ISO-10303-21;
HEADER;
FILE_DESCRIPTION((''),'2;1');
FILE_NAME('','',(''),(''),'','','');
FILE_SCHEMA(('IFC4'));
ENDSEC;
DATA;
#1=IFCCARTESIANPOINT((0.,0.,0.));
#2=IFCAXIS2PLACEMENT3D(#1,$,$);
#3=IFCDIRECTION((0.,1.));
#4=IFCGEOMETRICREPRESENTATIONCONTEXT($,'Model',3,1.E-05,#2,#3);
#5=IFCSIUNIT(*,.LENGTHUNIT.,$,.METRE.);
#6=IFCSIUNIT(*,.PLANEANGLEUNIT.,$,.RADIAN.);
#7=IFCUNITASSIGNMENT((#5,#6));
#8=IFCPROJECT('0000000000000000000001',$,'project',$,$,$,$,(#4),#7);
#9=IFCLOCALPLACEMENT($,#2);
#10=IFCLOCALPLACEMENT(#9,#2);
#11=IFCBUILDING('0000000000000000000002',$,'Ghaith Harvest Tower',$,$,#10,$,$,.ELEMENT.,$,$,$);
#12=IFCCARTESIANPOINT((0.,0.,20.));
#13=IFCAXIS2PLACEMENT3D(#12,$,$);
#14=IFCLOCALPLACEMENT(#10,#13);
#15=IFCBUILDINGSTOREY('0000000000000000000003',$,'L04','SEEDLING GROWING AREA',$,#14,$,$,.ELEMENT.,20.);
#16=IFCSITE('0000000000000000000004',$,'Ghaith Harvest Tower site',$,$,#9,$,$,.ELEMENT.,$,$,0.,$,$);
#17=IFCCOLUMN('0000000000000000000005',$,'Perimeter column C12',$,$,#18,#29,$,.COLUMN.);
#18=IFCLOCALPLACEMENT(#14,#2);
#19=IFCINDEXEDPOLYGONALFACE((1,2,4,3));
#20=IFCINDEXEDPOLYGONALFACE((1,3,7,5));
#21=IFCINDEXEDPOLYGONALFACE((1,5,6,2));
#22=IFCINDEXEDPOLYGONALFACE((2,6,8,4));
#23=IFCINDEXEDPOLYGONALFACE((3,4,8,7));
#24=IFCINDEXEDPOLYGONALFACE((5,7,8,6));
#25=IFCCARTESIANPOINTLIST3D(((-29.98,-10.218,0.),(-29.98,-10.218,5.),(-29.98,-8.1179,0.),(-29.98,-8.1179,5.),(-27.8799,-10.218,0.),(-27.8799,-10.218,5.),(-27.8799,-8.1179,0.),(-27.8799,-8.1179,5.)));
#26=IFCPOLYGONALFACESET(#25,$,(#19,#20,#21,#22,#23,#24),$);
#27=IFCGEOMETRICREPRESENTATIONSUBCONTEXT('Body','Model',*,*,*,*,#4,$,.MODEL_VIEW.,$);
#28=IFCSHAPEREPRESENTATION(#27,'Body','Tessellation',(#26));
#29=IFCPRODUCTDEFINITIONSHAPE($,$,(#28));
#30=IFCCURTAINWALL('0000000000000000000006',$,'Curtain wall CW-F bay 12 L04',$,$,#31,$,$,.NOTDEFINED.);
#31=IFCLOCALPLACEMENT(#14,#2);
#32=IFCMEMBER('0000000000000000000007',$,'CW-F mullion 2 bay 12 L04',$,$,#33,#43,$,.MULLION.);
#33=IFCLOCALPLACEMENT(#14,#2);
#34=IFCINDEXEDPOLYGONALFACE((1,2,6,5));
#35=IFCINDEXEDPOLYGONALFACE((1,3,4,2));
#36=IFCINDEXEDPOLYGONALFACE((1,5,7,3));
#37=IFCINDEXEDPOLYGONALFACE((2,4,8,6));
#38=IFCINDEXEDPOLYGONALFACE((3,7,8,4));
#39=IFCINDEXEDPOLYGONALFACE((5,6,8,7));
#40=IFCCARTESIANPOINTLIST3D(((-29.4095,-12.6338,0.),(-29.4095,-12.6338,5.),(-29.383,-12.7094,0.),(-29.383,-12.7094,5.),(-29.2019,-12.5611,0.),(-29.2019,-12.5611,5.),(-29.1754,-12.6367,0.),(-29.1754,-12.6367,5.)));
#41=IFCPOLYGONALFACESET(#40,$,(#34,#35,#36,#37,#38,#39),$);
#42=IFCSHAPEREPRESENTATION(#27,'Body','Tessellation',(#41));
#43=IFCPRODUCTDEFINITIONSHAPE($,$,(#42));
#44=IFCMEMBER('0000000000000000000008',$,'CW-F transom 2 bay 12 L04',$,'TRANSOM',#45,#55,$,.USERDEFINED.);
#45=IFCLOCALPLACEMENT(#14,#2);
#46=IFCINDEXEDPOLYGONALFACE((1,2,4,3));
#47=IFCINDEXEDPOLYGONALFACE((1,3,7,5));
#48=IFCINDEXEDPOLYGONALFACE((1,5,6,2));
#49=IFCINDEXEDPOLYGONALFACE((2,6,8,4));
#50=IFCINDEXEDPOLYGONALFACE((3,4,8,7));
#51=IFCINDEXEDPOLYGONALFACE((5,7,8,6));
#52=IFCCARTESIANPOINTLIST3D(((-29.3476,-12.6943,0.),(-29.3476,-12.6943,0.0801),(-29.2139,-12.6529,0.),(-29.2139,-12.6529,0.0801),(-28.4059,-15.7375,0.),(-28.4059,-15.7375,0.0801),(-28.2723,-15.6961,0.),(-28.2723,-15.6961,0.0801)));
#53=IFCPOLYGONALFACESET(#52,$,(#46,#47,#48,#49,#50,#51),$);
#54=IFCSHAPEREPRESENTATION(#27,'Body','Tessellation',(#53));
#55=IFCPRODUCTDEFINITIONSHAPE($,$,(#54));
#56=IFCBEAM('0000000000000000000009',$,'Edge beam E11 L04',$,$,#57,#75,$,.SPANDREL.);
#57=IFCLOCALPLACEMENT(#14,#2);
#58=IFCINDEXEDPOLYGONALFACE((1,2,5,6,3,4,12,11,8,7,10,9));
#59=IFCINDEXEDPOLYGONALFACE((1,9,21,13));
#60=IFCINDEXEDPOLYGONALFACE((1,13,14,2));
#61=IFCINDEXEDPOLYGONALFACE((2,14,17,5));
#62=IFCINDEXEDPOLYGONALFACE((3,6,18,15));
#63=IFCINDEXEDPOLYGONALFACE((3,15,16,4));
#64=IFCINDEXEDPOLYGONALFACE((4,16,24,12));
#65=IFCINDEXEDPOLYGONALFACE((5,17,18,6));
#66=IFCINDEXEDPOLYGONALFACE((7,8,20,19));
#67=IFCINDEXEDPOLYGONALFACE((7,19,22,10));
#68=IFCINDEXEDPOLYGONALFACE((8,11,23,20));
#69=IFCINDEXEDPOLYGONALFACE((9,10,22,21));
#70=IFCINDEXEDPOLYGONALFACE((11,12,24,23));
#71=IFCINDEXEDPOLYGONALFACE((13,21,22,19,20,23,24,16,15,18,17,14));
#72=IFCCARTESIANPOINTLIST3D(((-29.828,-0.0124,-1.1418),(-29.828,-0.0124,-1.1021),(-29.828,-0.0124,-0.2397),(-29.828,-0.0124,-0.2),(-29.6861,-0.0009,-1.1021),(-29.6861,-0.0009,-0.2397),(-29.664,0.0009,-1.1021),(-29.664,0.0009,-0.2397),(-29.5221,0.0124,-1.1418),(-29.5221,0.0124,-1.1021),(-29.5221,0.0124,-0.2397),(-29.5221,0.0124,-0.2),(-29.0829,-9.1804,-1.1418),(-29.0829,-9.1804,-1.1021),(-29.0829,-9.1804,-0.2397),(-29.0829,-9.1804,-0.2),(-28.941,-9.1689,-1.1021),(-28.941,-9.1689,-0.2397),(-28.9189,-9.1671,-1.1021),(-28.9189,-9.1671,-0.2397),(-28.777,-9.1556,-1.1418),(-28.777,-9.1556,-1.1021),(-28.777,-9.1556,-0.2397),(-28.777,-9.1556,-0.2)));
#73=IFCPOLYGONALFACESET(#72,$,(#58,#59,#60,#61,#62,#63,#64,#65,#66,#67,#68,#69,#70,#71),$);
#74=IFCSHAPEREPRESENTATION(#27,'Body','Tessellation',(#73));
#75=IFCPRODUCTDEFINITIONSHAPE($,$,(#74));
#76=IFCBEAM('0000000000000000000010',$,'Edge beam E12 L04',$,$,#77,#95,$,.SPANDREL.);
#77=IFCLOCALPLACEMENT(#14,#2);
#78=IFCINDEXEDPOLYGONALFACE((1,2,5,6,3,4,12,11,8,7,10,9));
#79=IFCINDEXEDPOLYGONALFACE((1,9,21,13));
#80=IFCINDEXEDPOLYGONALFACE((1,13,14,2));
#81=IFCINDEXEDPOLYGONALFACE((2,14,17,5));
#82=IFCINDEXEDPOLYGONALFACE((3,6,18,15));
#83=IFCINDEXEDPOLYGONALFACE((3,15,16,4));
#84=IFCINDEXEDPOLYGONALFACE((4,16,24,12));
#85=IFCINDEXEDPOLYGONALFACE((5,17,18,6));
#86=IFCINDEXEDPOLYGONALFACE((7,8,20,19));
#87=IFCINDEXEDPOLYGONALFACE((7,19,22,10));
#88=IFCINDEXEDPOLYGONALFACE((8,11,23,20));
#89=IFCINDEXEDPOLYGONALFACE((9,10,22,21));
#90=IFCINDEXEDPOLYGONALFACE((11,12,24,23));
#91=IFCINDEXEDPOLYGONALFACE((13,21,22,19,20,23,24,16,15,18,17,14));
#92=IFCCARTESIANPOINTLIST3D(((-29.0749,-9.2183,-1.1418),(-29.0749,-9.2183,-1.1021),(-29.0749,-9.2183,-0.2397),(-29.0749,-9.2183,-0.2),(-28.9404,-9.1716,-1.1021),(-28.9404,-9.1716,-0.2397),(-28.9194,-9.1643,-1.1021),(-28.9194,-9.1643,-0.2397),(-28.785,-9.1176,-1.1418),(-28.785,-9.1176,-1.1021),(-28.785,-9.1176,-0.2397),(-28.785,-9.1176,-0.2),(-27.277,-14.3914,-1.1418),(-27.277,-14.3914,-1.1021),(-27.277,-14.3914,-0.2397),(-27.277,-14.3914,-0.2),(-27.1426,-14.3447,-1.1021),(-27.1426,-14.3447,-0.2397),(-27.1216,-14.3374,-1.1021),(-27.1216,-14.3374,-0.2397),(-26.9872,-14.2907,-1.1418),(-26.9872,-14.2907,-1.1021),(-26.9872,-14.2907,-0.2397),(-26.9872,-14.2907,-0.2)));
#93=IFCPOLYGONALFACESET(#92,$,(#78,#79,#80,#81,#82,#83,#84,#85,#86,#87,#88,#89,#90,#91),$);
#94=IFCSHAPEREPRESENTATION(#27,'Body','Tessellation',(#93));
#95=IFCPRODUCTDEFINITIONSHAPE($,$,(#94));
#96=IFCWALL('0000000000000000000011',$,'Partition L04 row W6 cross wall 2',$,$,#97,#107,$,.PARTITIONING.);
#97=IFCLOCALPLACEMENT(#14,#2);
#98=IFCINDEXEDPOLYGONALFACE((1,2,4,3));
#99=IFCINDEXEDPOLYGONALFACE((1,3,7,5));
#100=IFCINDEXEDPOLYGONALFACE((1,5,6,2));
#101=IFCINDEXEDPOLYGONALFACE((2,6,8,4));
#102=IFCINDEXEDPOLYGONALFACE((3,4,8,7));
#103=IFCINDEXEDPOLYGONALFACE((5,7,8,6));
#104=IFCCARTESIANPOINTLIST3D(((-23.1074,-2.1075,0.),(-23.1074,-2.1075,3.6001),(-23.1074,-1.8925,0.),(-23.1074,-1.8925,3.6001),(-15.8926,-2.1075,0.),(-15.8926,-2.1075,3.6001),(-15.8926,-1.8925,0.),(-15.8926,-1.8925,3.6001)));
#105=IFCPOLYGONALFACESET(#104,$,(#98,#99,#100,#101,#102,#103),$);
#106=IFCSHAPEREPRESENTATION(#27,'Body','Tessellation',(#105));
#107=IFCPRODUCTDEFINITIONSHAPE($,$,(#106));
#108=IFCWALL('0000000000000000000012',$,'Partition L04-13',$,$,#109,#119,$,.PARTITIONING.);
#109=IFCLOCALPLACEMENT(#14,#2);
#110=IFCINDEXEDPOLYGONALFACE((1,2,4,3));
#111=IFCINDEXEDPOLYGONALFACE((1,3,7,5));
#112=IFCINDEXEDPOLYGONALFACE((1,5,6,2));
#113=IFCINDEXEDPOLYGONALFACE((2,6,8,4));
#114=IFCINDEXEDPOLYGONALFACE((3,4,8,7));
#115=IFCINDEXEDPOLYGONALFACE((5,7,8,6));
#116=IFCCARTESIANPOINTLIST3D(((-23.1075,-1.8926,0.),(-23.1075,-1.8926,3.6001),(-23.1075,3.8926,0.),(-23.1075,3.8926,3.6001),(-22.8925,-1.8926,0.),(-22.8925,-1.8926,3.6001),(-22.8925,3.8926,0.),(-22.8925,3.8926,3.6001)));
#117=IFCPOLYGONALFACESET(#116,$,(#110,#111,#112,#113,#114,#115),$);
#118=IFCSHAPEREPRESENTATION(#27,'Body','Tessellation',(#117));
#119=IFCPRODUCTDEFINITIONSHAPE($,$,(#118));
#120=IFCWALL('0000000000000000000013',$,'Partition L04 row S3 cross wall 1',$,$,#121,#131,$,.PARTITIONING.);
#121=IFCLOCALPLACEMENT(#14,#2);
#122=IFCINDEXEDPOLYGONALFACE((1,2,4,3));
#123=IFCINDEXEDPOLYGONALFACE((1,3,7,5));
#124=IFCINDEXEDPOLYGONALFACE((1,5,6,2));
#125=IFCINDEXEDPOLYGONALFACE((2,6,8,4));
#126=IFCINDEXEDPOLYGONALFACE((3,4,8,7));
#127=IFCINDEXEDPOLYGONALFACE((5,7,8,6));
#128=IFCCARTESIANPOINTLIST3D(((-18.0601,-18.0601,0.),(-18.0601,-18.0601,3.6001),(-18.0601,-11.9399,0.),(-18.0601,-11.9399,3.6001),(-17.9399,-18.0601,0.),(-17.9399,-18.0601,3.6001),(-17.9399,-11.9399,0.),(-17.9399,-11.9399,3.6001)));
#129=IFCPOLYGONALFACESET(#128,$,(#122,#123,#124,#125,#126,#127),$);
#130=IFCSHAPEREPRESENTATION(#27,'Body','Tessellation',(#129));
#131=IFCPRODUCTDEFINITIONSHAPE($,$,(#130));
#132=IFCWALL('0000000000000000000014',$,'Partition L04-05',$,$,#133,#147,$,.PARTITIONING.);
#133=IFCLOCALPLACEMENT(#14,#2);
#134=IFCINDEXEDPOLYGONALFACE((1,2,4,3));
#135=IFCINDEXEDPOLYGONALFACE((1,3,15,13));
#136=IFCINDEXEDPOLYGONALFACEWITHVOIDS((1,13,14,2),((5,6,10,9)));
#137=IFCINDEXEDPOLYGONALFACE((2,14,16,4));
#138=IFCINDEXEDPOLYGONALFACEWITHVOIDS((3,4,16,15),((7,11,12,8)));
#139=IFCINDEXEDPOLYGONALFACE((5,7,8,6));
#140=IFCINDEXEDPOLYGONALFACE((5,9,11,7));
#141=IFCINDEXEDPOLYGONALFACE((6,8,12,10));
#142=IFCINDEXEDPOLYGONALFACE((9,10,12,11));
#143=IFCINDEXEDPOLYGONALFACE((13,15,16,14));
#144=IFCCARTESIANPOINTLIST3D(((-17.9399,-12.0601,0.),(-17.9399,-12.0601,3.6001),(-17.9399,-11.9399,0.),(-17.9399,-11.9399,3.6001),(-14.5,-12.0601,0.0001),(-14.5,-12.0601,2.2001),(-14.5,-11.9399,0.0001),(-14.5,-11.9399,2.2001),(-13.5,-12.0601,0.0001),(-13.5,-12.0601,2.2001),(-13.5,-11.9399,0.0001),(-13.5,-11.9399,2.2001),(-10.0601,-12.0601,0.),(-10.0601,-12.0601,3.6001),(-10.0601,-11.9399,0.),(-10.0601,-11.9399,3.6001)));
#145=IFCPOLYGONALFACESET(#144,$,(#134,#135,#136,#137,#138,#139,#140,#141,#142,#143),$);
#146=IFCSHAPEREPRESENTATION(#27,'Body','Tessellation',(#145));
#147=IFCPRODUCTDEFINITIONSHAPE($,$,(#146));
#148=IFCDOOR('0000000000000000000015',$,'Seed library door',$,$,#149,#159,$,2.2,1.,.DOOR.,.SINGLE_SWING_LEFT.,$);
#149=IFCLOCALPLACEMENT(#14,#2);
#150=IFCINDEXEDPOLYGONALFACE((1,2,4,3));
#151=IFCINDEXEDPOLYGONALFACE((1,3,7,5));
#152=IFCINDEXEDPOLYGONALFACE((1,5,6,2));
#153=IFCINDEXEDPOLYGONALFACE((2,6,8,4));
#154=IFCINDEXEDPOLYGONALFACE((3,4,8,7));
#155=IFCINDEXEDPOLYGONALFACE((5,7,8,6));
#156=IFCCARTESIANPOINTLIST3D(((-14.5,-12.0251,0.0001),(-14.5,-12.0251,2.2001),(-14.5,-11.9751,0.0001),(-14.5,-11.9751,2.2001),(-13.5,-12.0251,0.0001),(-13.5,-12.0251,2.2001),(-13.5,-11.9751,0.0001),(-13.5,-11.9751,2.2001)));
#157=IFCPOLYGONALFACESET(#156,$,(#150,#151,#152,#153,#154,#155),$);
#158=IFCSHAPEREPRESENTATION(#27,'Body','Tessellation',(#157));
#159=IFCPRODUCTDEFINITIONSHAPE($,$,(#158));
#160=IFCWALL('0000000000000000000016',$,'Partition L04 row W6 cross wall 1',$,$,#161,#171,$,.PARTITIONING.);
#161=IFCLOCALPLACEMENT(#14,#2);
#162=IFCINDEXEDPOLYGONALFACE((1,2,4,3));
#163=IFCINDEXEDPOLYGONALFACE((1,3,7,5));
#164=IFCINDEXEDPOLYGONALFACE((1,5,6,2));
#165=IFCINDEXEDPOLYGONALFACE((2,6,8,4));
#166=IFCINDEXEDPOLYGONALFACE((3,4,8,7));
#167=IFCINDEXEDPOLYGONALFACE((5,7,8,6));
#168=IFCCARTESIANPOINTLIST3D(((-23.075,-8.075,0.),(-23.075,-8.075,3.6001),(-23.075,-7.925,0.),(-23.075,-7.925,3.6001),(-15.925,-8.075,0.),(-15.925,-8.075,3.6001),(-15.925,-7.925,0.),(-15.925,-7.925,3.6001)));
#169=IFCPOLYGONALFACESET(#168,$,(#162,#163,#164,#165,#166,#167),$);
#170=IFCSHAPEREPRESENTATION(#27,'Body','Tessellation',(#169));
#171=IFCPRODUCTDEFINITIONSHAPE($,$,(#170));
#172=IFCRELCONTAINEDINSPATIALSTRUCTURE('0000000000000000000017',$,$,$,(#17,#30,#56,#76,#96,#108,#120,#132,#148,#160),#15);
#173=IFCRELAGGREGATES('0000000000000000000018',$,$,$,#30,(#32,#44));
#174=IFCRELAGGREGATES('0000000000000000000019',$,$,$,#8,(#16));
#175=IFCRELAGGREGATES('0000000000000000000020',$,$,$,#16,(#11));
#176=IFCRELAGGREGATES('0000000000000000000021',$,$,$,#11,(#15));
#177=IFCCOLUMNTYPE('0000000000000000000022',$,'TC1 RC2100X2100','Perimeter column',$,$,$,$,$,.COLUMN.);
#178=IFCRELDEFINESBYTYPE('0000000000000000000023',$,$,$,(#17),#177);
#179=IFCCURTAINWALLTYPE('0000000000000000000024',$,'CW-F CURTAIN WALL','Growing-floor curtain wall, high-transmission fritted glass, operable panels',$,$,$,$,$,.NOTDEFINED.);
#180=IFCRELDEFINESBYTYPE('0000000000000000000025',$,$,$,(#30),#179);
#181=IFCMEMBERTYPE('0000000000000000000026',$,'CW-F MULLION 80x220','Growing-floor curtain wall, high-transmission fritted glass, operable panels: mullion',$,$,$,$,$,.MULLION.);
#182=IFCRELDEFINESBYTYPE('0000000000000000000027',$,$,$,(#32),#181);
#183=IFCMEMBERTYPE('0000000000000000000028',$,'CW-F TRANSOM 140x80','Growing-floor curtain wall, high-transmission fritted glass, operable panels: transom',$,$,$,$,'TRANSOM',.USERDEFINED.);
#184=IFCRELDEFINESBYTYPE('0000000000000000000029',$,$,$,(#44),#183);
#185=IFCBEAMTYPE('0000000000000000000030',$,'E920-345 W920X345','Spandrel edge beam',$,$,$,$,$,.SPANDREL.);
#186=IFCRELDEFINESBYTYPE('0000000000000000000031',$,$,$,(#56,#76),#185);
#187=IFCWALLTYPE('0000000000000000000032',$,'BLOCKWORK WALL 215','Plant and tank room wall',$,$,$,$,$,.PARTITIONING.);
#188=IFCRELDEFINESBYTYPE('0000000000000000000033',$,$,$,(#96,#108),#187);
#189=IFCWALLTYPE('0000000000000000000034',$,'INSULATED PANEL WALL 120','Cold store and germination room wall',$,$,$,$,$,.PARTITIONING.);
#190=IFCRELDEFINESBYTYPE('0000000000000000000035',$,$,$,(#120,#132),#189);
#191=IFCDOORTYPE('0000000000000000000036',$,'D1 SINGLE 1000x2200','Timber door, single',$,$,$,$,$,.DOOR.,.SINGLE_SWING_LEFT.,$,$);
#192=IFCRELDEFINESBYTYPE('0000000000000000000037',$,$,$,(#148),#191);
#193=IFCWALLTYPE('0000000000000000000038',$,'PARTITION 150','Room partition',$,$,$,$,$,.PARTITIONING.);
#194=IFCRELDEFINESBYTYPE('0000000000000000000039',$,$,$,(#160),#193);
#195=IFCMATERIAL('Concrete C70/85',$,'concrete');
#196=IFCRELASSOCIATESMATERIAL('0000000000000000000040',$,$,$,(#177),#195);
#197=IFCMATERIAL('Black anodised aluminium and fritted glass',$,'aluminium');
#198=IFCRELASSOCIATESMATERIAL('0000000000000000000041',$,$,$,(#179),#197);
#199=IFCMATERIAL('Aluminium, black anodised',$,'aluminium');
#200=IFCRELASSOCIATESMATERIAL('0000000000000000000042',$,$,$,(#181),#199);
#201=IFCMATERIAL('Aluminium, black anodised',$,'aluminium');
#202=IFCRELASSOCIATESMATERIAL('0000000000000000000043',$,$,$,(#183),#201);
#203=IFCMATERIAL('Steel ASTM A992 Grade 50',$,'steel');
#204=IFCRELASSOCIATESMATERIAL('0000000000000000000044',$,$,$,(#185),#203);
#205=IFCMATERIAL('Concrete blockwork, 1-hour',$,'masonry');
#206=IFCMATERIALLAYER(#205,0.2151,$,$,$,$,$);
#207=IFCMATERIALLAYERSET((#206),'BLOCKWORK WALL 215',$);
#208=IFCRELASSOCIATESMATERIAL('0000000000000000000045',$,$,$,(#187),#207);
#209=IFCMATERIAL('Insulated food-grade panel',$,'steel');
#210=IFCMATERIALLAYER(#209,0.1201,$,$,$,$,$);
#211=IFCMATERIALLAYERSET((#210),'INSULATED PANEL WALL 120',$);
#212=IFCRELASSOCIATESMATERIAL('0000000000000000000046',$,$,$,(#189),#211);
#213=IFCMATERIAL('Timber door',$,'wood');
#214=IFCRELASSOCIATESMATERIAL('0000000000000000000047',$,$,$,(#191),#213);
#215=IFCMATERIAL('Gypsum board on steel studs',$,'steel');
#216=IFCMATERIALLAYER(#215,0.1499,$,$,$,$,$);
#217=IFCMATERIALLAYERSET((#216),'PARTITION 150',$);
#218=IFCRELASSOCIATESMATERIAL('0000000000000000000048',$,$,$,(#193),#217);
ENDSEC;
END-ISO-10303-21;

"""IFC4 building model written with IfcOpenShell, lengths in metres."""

from ifc_helpers import new_model, si_unit, direction, frame, frame_2d, origin, origin_2d, place, context, subcontext, project, spatial, rectangle, i_section, extrude, material, layer, layer_set, material_profile, profile_set, type_object, element, fill, aggregate, save


model = new_model("IFC4")

# Units and contexts
model_context = context("Model", 3, precision=1e-05, world=origin(), true_north=direction((0.0, 1.0)))
body_context = subcontext(model_context, "Body", "Model", "MODEL_VIEW")
ifc_project = project(units=[si_unit("LENGTHUNIT", "METRE"), si_unit("PLANEANGLEUNIT", "RADIAN")], contexts=[model_context])

# Site, building, storey
site_placement = place(None, origin())
site = spatial("IfcSite", under=ifc_project, at=site_placement, Name="Ghaith Harvest Tower site", CompositionType="ELEMENT", RefElevation=0.0)
building_placement = place(site_placement, origin())
building = spatial("IfcBuilding", under=site, at=building_placement, Name="Ghaith Harvest Tower", CompositionType="ELEMENT")
storey_placement = place(building_placement, frame((0.0, 0.0, 20.0)))
storey = spatial("IfcBuildingStorey", under=building, at=storey_placement, Name="L04", Description="SEEDLING GROWING AREA", CompositionType="ELEMENT", Elevation=20.0)

# Column
ifc_material_1 = material(Name="Concrete C70/85", Category="concrete")
ifc_material_profile_1 = material_profile(ifc_material_1, rectangle(XDim=2.1001, YDim=2.1001, at=origin_2d()), Name="RC2100X2100")
ifc_profile_set_1 = profile_set([ifc_material_profile_1], Name="Concrete C70/85")
column_type = type_object("IfcColumnType", Name="TC1 RC2100X2100", Description="Perimeter column", PredefinedType="COLUMN", material=ifc_profile_set_1)
column_placement = place(storey_placement, frame((-28.9299, -9.168, 0.0), z_axis=(0.0, 0.0, 1.0), x_axis=(1.0, 0.0, 0.0)))
element("IfcColumn", 1, at=column_placement, inside=storey, type_object=column_type, Name="Perimeter column C12", PredefinedType="COLUMN", context=body_context, shape_type="SweptSolid", body=[
    extrude(rectangle(XDim=2.1001, YDim=2.1001, at=origin_2d()), origin(), (0.0, 0.0, 1.0), 5.0),
])

# Curtain wall, members
ifc_material_2 = material(Name="Black anodised aluminium and fritted glass", Category="aluminium")
curtain_wall_type = type_object("IfcCurtainWallType", Name="CW-F CURTAIN WALL", Description="Growing-floor curtain wall, high-transmission fritted glass, operable panels", PredefinedType="NOTDEFINED", material=ifc_material_2)
curtain_wall_placement = place(storey_placement, origin())
curtain_wall = element("IfcCurtainWall", 2, at=curtain_wall_placement, inside=storey, type_object=curtain_wall_type, Name="Curtain wall CW-F bay 12 L04", PredefinedType="NOTDEFINED")
ifc_material_3 = material(Name="Aluminium, black anodised", Category="aluminium")
ifc_material_profile_2 = material_profile(ifc_material_3, rectangle(XDim=0.0801, YDim=0.22, at=origin_2d()), Name="CW-F MULLION 80x220")
ifc_profile_set_2 = profile_set([ifc_material_profile_2], Name="Aluminium, black anodised")
member_type_1 = type_object("IfcMemberType", Name="CW-F MULLION 80x220", Description="Growing-floor curtain wall, high-transmission fritted glass, operable panels: mullion", PredefinedType="MULLION", material=ifc_profile_set_2)
member_1_placement = place(storey_placement, frame((-29.2925, -12.6353, 0.0), z_axis=(0.0, 0.0, 1.0), x_axis=(0.330701, -0.943736, 0.0)))
member_1 = element("IfcMember", 3, at=member_1_placement, type_object=member_type_1, Name="CW-F mullion 2 bay 12 L04", PredefinedType="MULLION", context=body_context, shape_type="SweptSolid", body=[
    extrude(rectangle(XDim=0.0801, YDim=0.22, at=origin_2d()), origin(), (0.0, 0.0, 1.0), 5.0),
])
ifc_material_4 = material(Name="Aluminium, black anodised", Category="aluminium")
ifc_material_profile_3 = material_profile(ifc_material_4, rectangle(XDim=0.1399, YDim=0.0801, at=origin_2d()), Name="CW-F TRANSOM 140x80")
ifc_profile_set_3 = profile_set([ifc_material_profile_3], Name="Aluminium, black anodised")
member_type_2 = type_object("IfcMemberType", Name="CW-F TRANSOM 140x80", Description="Growing-floor curtain wall, high-transmission fritted glass, operable panels: transom", ElementType="TRANSOM", PredefinedType="USERDEFINED", material=ifc_profile_set_3)
member_2_placement = place(storey_placement, frame((-29.2808, -12.6736, 0.04), z_axis=(0.295599, -0.955312, 0.0), x_axis=(0.955312, 0.295599, 0.0)))
member_2 = element("IfcMember", 4, at=member_2_placement, type_object=member_type_2, Name="CW-F transom 2 bay 12 L04", ObjectType="TRANSOM", PredefinedType="USERDEFINED", context=body_context, shape_type="SweptSolid", body=[
    extrude(rectangle(XDim=0.1399, YDim=0.0801, at=origin_2d()), origin(), (0.0, 0.0, 1.0), 3.1855),
])
aggregate(curtain_wall, [member_1, member_2])

# Beams
ifc_material_5 = material(Name="Steel ASTM A992 Grade 50", Category="steel")
ifc_material_profile_4 = material_profile(ifc_material_5, i_section(OverallWidth=0.3069, OverallDepth=0.9419, WebThickness=0.0222, FlangeThickness=0.0398, at=origin_2d()), Name="W920X345")
ifc_profile_set_4 = profile_set([ifc_material_profile_4], Name="Steel ASTM A992 Grade 50")
beam_type = type_object("IfcBeamType", Name="E920-345 W920X345", Description="Spandrel edge beam", PredefinedType="SPANDREL", material=ifc_profile_set_4)
beam_1_placement = place(storey_placement, frame((-29.675, 0.0, -0.6709), z_axis=(0.081007, -0.996714, 0.0), x_axis=(0.996714, 0.081007, 0.0)))
element("IfcBeam", 5, at=beam_1_placement, inside=storey, type_object=beam_type, Name="Edge beam E11 L04", PredefinedType="SPANDREL", context=body_context, shape_type="SweptSolid", body=[
    extrude(i_section(OverallWidth=0.3069, OverallDepth=0.9419, WebThickness=0.0222, FlangeThickness=0.0398, at=origin_2d()), origin(), (0.0, 0.0, 1.0), 9.1982),
])
beam_2_placement = place(storey_placement, frame((-28.9299, -9.168, -0.6709), z_axis=(0.328279, -0.944581, 0.0), x_axis=(0.944581, 0.328279, 0.0)))
element("IfcBeam", 6, at=beam_2_placement, inside=storey, type_object=beam_type, Name="Edge beam E12 L04", PredefinedType="SPANDREL", context=body_context, shape_type="SweptSolid", body=[
    extrude(i_section(OverallWidth=0.3069, OverallDepth=0.9419, WebThickness=0.0222, FlangeThickness=0.0398, at=origin_2d()), origin(), (0.0, 0.0, 1.0), 5.4766),
])

# Wall
ifc_material_6 = material(Name="Concrete blockwork, 1-hour", Category="masonry")
ifc_layer_1 = layer(ifc_material_6, 0.2151)
ifc_layer_set_1 = layer_set([ifc_layer_1], Name="BLOCKWORK WALL 215")
wall_type_1 = type_object("IfcWallType", Name="BLOCKWORK WALL 215", Description="Plant and tank room wall", PredefinedType="PARTITIONING", material=ifc_layer_set_1)
wall_1_placement = place(storey_placement, frame((-15.8926, -2.0, 0.0), z_axis=(0.0, 0.0, 1.0), x_axis=(-1.0, 0.0, 0.0)))
element("IfcWall", 7, at=wall_1_placement, inside=storey, type_object=wall_type_1, Name="Partition L04 row W6 cross wall 2", PredefinedType="PARTITIONING", context=body_context, shape_type="SweptSolid", body=[
    extrude(rectangle(XDim=7.2148, YDim=0.2151, at=frame_2d((3.6074, 0.0))), origin(), (0.0, 0.0, 1.0), 3.6001),
])

# Wall
wall_2_placement = place(storey_placement, frame((-23.0, -1.8926, 0.0), z_axis=(0.0, 0.0, 1.0), x_axis=(0.0, 1.0, 0.0)))
element("IfcWall", 8, at=wall_2_placement, inside=storey, type_object=wall_type_1, Name="Partition L04-13", PredefinedType="PARTITIONING", context=body_context, shape_type="SweptSolid", body=[
    extrude(rectangle(XDim=5.7852, YDim=0.2151, at=frame_2d((2.8926, 0.0))), origin(), (0.0, 0.0, 1.0), 3.6001),
])

# Wall
ifc_material_7 = material(Name="Insulated food-grade panel", Category="steel")
ifc_layer_2 = layer(ifc_material_7, 0.1201)
ifc_layer_set_2 = layer_set([ifc_layer_2], Name="INSULATED PANEL WALL 120")
wall_type_2 = type_object("IfcWallType", Name="INSULATED PANEL WALL 120", Description="Cold store and germination room wall", PredefinedType="PARTITIONING", material=ifc_layer_set_2)
wall_3_placement = place(storey_placement, frame((-18.0, -11.9399, 0.0), z_axis=(0.0, 0.0, 1.0), x_axis=(0.0, -1.0, 0.0)))
element("IfcWall", 9, at=wall_3_placement, inside=storey, type_object=wall_type_2, Name="Partition L04 row S3 cross wall 1", PredefinedType="PARTITIONING", context=body_context, shape_type="SweptSolid", body=[
    extrude(rectangle(XDim=6.1201, YDim=0.1201, at=frame_2d((3.0601, 0.0))), origin(), (0.0, 0.0, 1.0), 3.6001),
])

# Wall, opening, door
wall_4_placement = place(storey_placement, frame((-17.9399, -12.0, 0.0), z_axis=(0.0, 0.0, 1.0), x_axis=(1.0, 0.0, 0.0)))
wall_4 = element("IfcWall", 10, at=wall_4_placement, inside=storey, type_object=wall_type_2, Name="Partition L04-05", PredefinedType="PARTITIONING", context=body_context, shape_type="SweptSolid", body=[
    extrude(rectangle(XDim=7.8799, YDim=0.1201, at=frame_2d((3.9399, 0.0))), origin(), (0.0, 0.0, 1.0), 3.6001),
])
opening_1_placement = place(wall_4_placement, frame((3.4399, 0.0, 0.0)))
opening_1 = element("IfcOpeningElement", 11, at=opening_1_placement, cuts=wall_4, PredefinedType="OPENING", context=body_context, shape_type="SweptSolid", body=[
    extrude(rectangle(XDim=1.0, YDim=2.2, at=frame_2d((0.5, 1.1001))), frame((0.0, 0.0701, 0.0), z_axis=(0.0, -1.0, 0.0), x_axis=(1.0, 0.0, 0.0)), (0.0, 0.0, 1.0), 0.1401),
])
ifc_material_8 = material(Name="Timber door", Category="wood")
door_type_1 = type_object("IfcDoorType", Name="D1 SINGLE 1000x2200", Description="Timber door, single", OperationType="SINGLE_SWING_LEFT", PredefinedType="DOOR", material=ifc_material_8)
door_1_placement = place(opening_1_placement, origin())
door_1 = element("IfcDoor", 12, at=door_1_placement, inside=storey, type_object=door_type_1, Name="Seed library door", OperationType="SINGLE_SWING_LEFT", OverallHeight=2.2, OverallWidth=1.0, PredefinedType="DOOR", context=body_context, shape_type="SweptSolid", body=[
    extrude(rectangle(XDim=1.0, YDim=2.2, at=frame_2d((0.5, 1.1001))), frame((0.0, 0.0249, 0.0), z_axis=(0.0, -1.0, 0.0), x_axis=(1.0, 0.0, 0.0)), (0.0, 0.0, 1.0), 0.05),
])
fill(opening_1, door_1)

# Wall
ifc_material_9 = material(Name="Gypsum board on steel studs", Category="steel")
ifc_layer_3 = layer(ifc_material_9, 0.1499)
ifc_layer_set_3 = layer_set([ifc_layer_3], Name="PARTITION 150")
wall_type_3 = type_object("IfcWallType", Name="PARTITION 150", Description="Room partition", PredefinedType="PARTITIONING", material=ifc_layer_set_3)
wall_5_placement = place(storey_placement, frame((-15.925, -8.0, 0.0), z_axis=(0.0, 0.0, 1.0), x_axis=(-1.0, 0.0, 0.0)))
element("IfcWall", 13, at=wall_5_placement, inside=storey, type_object=wall_type_3, Name="Partition L04 row W6 cross wall 1", PredefinedType="PARTITIONING", context=body_context, shape_type="SweptSolid", body=[
    extrude(rectangle(XDim=7.1499, YDim=0.1499, at=frame_2d((3.575, 0.0))), origin(), (0.0, 0.0, 1.0), 3.6001),
])

save(model, "model.ifc")
